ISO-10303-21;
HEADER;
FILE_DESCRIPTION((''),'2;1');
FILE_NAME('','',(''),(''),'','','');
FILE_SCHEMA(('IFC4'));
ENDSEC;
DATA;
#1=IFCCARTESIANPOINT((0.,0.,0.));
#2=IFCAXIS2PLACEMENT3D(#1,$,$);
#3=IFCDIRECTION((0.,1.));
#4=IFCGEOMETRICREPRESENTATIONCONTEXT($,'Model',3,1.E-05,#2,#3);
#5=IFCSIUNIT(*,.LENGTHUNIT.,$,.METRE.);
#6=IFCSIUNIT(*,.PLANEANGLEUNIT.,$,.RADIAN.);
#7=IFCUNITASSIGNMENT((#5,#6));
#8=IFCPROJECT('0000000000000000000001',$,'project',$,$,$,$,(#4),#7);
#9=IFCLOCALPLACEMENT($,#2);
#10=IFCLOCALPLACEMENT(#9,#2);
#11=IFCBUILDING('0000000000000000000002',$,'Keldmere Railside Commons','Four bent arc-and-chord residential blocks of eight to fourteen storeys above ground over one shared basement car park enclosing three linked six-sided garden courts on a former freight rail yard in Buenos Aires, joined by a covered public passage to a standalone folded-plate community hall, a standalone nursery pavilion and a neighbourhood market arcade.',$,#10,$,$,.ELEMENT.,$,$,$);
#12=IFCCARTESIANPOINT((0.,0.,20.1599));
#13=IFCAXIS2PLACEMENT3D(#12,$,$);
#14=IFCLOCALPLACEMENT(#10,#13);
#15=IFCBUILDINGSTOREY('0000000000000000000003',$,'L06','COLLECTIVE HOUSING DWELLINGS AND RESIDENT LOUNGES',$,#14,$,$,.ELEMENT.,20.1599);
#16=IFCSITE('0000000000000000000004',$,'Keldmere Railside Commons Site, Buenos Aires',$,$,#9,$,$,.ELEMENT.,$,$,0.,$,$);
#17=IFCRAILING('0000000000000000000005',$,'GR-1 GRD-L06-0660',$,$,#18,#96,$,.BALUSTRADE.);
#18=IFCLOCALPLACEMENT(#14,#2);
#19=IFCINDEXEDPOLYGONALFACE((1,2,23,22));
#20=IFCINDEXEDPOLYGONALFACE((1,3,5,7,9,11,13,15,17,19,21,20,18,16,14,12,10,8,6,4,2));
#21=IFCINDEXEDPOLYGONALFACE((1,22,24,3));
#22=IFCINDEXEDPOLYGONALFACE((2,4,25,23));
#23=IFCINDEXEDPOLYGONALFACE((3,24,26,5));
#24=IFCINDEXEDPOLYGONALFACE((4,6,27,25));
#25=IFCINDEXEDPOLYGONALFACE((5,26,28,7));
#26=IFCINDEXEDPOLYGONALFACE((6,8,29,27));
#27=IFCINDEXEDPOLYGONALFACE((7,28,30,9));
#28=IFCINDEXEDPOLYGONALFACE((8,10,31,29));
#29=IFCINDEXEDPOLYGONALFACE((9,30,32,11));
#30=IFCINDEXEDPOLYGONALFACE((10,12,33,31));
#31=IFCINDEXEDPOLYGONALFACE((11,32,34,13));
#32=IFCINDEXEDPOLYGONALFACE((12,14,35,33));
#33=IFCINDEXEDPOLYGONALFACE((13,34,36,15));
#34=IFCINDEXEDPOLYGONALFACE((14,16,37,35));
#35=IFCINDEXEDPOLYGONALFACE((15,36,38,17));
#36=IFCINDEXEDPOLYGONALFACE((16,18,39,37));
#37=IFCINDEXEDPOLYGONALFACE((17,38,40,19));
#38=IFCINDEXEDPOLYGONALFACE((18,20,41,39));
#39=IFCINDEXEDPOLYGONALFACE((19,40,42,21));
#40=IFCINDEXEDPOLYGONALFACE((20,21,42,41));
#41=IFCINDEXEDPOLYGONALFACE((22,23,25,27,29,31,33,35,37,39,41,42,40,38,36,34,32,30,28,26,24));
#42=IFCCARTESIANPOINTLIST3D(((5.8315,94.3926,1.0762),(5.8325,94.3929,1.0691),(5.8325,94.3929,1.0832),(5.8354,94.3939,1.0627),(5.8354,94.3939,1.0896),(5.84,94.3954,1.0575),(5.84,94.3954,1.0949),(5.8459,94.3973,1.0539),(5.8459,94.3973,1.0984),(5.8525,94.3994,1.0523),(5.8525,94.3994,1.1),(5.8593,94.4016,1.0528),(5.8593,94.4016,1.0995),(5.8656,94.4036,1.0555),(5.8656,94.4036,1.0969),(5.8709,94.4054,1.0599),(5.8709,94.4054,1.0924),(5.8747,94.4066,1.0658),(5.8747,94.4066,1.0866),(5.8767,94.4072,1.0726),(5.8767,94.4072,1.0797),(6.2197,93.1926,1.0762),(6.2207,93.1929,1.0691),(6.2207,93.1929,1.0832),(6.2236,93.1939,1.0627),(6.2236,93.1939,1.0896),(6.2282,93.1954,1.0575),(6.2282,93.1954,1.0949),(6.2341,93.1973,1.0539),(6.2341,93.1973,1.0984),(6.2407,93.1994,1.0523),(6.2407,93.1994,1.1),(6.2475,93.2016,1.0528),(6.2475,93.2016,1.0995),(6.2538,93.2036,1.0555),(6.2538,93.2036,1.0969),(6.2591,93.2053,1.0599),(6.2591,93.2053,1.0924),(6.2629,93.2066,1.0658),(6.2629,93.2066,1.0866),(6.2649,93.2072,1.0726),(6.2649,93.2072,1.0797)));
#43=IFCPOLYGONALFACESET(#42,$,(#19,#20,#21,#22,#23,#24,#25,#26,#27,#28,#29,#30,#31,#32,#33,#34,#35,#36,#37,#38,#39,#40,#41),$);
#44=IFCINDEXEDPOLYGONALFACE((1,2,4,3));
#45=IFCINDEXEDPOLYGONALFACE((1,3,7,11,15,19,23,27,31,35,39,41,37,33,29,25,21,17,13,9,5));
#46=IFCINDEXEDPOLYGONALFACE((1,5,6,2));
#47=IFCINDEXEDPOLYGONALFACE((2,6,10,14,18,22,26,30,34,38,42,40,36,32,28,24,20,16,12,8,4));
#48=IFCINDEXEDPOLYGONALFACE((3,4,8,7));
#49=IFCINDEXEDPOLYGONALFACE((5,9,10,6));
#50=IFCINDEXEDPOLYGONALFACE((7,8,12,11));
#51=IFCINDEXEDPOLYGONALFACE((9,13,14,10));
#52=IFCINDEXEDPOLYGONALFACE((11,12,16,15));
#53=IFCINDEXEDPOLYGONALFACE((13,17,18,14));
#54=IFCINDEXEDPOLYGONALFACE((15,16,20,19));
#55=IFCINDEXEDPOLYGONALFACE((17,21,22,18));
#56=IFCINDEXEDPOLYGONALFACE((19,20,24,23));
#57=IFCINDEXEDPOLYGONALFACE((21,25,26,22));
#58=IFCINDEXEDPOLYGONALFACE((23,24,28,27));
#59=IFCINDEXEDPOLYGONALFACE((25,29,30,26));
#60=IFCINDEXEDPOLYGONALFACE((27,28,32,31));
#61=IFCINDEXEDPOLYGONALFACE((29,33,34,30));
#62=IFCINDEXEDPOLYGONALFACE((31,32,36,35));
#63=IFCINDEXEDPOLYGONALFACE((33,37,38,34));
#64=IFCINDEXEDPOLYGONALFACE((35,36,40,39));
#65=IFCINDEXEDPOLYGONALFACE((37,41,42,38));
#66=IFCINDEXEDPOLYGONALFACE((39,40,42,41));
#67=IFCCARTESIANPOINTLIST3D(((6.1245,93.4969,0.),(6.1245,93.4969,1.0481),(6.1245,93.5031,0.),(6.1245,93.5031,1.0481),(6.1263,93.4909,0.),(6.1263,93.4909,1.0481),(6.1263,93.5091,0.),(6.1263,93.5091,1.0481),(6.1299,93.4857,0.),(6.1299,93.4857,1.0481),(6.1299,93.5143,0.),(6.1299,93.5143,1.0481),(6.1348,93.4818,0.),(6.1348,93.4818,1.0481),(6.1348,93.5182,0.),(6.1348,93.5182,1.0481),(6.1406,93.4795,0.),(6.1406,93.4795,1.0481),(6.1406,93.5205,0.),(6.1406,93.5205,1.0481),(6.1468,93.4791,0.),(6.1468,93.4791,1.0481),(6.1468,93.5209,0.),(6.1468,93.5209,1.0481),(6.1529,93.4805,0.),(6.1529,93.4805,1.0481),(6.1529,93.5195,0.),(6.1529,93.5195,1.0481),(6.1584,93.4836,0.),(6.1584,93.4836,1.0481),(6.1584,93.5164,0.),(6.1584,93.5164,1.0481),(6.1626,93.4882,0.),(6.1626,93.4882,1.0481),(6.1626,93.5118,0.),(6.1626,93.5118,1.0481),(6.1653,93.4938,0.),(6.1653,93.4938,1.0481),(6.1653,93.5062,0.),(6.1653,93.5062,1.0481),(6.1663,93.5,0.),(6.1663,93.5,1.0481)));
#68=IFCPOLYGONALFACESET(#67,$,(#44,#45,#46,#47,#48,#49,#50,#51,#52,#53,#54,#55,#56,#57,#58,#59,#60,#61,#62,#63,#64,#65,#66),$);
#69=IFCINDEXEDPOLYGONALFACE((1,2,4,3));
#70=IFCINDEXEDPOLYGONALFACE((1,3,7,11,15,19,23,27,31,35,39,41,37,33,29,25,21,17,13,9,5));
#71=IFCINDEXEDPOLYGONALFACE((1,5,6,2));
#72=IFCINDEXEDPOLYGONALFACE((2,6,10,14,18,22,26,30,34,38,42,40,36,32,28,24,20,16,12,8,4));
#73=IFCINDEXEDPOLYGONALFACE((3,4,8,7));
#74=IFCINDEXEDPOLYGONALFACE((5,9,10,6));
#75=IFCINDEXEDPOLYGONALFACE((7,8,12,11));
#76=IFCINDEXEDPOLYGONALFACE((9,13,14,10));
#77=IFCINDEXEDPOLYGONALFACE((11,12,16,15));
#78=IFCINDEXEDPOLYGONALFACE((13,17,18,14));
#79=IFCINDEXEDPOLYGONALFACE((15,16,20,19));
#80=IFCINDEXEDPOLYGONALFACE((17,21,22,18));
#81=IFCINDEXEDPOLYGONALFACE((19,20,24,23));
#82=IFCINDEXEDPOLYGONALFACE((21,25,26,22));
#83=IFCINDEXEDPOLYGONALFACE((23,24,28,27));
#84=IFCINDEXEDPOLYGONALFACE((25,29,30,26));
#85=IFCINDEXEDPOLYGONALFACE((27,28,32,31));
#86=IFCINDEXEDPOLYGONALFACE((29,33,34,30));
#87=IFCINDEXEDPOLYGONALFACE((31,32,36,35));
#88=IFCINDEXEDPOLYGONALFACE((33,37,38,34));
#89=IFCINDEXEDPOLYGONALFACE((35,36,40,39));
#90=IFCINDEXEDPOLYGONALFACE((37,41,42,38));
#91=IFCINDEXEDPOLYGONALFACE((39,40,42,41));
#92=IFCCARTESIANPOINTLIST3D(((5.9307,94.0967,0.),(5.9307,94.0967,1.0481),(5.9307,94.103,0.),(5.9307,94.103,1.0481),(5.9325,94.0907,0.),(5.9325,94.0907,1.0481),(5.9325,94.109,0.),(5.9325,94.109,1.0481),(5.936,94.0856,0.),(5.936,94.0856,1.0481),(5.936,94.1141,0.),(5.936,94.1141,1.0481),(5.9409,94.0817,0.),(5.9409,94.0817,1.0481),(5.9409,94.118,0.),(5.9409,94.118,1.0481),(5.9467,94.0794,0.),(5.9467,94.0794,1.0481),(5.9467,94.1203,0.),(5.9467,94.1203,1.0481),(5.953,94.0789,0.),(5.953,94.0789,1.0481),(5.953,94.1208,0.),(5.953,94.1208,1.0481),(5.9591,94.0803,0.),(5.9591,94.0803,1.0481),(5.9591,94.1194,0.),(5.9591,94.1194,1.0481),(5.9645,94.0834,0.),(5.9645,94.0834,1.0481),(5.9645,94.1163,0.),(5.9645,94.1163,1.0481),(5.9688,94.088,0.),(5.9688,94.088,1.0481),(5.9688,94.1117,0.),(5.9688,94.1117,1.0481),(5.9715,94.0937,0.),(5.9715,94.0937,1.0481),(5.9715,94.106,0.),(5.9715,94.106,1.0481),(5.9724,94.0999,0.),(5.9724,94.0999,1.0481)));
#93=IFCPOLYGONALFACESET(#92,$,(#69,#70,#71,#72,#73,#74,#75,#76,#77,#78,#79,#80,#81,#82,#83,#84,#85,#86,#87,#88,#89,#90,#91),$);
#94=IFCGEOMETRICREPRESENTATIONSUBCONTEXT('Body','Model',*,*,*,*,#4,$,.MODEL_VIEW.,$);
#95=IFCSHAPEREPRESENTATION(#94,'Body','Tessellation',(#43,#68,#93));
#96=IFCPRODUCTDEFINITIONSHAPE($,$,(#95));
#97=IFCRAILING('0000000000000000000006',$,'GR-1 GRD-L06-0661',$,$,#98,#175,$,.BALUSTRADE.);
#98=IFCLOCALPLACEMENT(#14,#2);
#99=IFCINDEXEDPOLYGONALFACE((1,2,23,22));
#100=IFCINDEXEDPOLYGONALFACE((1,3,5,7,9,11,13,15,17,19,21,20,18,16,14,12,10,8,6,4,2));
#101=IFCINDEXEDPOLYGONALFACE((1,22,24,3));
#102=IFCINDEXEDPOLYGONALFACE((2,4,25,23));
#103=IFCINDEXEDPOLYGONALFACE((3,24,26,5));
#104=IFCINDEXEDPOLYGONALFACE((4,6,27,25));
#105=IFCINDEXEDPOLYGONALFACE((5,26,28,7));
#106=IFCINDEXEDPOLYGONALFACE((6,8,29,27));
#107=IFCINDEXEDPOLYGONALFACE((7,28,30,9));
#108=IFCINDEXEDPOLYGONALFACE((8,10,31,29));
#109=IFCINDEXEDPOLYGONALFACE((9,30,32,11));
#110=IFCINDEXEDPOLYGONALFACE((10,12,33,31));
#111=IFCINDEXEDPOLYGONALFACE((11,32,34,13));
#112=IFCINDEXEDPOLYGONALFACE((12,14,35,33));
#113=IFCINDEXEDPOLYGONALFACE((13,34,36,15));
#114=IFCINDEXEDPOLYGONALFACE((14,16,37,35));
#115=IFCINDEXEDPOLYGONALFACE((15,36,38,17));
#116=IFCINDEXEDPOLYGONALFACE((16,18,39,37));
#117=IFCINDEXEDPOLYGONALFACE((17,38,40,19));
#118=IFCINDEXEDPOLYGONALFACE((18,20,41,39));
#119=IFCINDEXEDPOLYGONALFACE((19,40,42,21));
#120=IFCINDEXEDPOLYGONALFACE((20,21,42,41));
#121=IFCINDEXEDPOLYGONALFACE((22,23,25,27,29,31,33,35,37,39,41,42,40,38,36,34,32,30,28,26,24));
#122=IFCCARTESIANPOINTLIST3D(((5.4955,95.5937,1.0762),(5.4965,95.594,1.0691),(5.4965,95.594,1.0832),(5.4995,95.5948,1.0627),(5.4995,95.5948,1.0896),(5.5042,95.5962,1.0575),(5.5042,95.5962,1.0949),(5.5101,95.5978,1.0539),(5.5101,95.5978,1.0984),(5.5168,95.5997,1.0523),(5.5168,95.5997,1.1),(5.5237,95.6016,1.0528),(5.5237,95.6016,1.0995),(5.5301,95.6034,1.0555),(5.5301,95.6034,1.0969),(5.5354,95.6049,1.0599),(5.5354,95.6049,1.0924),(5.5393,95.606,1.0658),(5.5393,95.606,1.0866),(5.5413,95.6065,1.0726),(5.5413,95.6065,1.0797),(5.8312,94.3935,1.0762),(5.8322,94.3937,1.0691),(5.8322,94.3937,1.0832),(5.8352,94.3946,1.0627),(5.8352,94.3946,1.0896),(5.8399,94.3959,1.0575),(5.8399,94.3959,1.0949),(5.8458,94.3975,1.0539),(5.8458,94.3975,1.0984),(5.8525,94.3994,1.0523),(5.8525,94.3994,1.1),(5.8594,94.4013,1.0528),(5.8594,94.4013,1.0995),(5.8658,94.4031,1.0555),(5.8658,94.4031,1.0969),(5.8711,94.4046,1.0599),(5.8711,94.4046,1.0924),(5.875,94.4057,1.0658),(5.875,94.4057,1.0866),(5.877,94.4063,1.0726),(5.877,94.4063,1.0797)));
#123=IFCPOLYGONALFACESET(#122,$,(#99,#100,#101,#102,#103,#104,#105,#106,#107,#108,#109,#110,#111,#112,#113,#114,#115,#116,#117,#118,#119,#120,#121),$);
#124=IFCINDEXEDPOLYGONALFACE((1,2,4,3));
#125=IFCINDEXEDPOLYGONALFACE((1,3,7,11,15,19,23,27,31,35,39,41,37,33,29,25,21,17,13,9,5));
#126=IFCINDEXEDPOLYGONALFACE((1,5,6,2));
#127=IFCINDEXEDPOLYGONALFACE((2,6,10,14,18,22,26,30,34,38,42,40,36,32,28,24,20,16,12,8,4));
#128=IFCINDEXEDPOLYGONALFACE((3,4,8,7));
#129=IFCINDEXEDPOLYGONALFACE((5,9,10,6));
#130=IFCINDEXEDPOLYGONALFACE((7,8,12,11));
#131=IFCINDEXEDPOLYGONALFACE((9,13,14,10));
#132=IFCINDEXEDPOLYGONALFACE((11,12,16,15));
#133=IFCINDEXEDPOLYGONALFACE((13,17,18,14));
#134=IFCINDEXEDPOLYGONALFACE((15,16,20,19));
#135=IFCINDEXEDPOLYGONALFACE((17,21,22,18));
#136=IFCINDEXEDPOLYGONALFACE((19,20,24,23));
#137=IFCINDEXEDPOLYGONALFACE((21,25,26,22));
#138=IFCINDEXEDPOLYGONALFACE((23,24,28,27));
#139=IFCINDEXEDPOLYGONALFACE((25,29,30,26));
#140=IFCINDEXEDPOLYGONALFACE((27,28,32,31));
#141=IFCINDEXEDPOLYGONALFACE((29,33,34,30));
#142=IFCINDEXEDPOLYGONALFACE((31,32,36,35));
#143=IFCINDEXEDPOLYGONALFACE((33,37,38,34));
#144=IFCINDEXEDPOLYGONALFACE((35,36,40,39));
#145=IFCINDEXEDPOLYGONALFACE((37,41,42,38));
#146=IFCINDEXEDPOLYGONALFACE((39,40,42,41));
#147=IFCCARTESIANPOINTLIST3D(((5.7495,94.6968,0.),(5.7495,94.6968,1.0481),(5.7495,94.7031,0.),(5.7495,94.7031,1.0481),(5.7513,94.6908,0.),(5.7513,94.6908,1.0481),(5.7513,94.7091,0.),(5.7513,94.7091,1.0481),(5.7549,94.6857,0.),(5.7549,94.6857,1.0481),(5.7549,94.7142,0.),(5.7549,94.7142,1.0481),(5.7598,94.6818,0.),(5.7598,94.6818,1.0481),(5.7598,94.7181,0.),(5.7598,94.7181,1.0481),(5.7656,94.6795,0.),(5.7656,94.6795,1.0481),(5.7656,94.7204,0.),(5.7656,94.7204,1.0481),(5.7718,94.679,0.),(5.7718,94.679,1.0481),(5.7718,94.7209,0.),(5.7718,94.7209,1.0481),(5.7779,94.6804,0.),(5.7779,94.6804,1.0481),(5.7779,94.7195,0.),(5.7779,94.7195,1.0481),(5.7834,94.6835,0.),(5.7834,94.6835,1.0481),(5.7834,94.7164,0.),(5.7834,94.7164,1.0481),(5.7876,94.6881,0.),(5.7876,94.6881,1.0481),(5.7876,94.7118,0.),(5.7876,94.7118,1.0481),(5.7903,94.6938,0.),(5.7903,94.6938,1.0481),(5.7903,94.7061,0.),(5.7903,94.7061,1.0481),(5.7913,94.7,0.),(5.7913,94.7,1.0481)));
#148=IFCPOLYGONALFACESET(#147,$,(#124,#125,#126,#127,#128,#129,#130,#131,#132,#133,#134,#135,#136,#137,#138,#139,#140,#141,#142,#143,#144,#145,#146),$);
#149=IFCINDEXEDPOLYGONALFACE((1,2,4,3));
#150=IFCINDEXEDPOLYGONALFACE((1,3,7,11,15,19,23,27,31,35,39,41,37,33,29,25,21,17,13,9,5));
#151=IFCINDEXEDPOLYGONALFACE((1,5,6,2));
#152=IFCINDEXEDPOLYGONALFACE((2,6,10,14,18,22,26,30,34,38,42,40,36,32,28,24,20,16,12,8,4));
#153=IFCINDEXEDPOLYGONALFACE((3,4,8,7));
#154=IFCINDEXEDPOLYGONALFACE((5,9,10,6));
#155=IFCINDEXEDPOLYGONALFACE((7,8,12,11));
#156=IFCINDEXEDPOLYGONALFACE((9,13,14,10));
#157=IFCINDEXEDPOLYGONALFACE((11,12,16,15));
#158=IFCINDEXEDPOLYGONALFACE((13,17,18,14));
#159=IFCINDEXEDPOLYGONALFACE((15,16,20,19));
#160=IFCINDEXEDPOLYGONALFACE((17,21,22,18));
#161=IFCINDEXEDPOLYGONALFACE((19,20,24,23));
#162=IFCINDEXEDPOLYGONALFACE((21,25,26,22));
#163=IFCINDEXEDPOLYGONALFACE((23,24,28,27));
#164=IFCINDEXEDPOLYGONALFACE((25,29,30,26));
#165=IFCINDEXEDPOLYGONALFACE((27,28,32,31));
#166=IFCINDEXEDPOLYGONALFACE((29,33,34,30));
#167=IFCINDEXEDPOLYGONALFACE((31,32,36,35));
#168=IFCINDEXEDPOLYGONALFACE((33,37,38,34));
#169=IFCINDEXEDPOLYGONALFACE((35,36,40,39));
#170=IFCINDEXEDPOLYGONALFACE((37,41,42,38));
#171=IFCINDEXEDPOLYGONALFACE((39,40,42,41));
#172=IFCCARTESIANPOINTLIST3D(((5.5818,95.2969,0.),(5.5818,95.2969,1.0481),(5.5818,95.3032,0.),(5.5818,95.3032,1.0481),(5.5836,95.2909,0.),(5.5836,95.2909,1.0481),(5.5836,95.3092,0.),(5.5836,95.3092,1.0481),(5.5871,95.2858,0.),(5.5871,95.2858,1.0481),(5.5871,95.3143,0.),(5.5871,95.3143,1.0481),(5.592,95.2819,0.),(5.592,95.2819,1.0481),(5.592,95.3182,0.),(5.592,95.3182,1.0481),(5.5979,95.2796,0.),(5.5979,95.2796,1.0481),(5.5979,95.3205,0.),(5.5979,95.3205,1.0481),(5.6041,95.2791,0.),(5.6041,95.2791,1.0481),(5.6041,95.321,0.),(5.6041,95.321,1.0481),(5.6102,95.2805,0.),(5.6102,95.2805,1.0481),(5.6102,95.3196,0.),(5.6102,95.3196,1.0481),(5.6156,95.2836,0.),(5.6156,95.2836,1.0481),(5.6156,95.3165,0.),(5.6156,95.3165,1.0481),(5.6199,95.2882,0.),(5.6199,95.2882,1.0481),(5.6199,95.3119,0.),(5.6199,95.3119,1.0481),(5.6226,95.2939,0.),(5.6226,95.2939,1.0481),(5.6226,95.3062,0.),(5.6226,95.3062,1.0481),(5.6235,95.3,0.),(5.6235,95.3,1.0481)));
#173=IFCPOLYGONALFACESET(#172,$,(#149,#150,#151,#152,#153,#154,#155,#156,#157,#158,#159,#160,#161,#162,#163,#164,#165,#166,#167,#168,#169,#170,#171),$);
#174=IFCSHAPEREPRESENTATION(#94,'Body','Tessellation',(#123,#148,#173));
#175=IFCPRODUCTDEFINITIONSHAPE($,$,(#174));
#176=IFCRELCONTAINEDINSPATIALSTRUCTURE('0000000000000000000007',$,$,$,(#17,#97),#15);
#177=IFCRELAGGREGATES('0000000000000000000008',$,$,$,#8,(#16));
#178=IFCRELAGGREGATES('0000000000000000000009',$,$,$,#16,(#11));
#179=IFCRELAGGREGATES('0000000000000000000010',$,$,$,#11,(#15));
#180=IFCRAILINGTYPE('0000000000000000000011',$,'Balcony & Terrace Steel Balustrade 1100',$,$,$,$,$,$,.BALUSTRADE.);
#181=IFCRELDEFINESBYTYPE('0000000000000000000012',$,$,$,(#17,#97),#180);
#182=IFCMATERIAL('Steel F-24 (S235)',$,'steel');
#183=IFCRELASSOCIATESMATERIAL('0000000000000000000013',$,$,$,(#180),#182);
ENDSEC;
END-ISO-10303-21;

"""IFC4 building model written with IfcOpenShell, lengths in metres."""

from ifc_helpers import new_model, si_unit, direction, frame, origin, origin_2d, place, context, subcontext, project, spatial, circle, extrude, material, type_object, element, save


model = new_model("IFC4")

# Units and contexts
model_context = context("Model", 3, precision=1e-05, world=origin(), true_north=direction((0.0, 1.0)))
body_context = subcontext(model_context, "Body", "Model", "MODEL_VIEW")
ifc_project = project(units=[si_unit("LENGTHUNIT", "METRE"), si_unit("PLANEANGLEUNIT", "RADIAN")], contexts=[model_context])

# Site, building, storey
site_placement = place(None, origin())
site = spatial("IfcSite", under=ifc_project, at=site_placement, Name="Keldmere Railside Commons Site, Buenos Aires", CompositionType="ELEMENT", RefElevation=0.0)
building_placement = place(site_placement, origin())
building = spatial("IfcBuilding", under=site, at=building_placement, Name="Keldmere Railside Commons", Description="Four bent arc-and-chord residential blocks of eight to fourteen storeys above ground over one shared basement car park enclosing three linked six-sided garden courts on a former freight rail yard in Buenos Aires, joined by a covered public passage to a standalone folded-plate community hall, a standalone nursery pavilion and a neighbourhood market arcade.", CompositionType="ELEMENT")
storey_placement = place(building_placement, frame((0.0, 0.0, 20.1599)))
storey = spatial("IfcBuildingStorey", under=building, at=storey_placement, Name="L06", Description="COLLECTIVE HOUSING DWELLINGS AND RESIDENT LOUNGES", CompositionType="ELEMENT", Elevation=20.1599)

# Shared definitions
ifc_material_1 = material(Name="Steel F-24 (S235)", Category="steel")

# Railings
railing_type = type_object("IfcRailingType", Name="Balcony & Terrace Steel Balustrade 1100", PredefinedType="BALUSTRADE", material=ifc_material_1)
railing_1_placement = place(storey_placement, frame((6.2424, 93.2, 0.0)))
element("IfcRailing", 1, at=railing_1_placement, inside=storey, type_object=railing_type, Name="GR-1 GRD-L06-0660", PredefinedType="BALUSTRADE", context=body_context, shape_type="SweptSolid", body=[
    extrude(circle(Radius=0.0239, at=origin_2d()), frame((0.0, 0.0, 1.0762), z_axis=(-0.307795, 0.951453, 0.0), x_axis=(-0.951453, -0.307795, 0.0)), (0.0, 0.0, 1.0), 1.2612),
    extrude(circle(Radius=0.021, at=origin_2d()), frame((-0.0972, 0.3, 0.0)), (0.0, 0.0, 1.0), 1.0481),
    extrude(circle(Radius=0.021, at=origin_2d()), frame((-0.291, 0.8999, 0.0)), (0.0, 0.0, 1.0), 1.0481),
])
railing_2_placement = place(storey_placement, frame((5.8542, 94.3999, 0.0)))
element("IfcRailing", 2, at=railing_2_placement, inside=storey, type_object=railing_type, Name="GR-1 GRD-L06-0661", PredefinedType="BALUSTRADE", context=body_context, shape_type="SweptSolid", body=[
    extrude(circle(Radius=0.0239, at=origin_2d()), frame((0.0, 0.0, 1.0762), z_axis=(-0.269361, 0.963039, 0.0), x_axis=(-0.963039, -0.269361, 0.0)), (0.0, 0.0, 1.0), 1.2463),
    extrude(circle(Radius=0.021, at=origin_2d()), frame((-0.084, 0.3, 0.0)), (0.0, 0.0, 1.0), 1.0481),
    extrude(circle(Radius=0.021, at=origin_2d()), frame((-0.2517, 0.9001, 0.0)), (0.0, 0.0, 1.0), 1.0481),
])

save(model, "model.ifc")
